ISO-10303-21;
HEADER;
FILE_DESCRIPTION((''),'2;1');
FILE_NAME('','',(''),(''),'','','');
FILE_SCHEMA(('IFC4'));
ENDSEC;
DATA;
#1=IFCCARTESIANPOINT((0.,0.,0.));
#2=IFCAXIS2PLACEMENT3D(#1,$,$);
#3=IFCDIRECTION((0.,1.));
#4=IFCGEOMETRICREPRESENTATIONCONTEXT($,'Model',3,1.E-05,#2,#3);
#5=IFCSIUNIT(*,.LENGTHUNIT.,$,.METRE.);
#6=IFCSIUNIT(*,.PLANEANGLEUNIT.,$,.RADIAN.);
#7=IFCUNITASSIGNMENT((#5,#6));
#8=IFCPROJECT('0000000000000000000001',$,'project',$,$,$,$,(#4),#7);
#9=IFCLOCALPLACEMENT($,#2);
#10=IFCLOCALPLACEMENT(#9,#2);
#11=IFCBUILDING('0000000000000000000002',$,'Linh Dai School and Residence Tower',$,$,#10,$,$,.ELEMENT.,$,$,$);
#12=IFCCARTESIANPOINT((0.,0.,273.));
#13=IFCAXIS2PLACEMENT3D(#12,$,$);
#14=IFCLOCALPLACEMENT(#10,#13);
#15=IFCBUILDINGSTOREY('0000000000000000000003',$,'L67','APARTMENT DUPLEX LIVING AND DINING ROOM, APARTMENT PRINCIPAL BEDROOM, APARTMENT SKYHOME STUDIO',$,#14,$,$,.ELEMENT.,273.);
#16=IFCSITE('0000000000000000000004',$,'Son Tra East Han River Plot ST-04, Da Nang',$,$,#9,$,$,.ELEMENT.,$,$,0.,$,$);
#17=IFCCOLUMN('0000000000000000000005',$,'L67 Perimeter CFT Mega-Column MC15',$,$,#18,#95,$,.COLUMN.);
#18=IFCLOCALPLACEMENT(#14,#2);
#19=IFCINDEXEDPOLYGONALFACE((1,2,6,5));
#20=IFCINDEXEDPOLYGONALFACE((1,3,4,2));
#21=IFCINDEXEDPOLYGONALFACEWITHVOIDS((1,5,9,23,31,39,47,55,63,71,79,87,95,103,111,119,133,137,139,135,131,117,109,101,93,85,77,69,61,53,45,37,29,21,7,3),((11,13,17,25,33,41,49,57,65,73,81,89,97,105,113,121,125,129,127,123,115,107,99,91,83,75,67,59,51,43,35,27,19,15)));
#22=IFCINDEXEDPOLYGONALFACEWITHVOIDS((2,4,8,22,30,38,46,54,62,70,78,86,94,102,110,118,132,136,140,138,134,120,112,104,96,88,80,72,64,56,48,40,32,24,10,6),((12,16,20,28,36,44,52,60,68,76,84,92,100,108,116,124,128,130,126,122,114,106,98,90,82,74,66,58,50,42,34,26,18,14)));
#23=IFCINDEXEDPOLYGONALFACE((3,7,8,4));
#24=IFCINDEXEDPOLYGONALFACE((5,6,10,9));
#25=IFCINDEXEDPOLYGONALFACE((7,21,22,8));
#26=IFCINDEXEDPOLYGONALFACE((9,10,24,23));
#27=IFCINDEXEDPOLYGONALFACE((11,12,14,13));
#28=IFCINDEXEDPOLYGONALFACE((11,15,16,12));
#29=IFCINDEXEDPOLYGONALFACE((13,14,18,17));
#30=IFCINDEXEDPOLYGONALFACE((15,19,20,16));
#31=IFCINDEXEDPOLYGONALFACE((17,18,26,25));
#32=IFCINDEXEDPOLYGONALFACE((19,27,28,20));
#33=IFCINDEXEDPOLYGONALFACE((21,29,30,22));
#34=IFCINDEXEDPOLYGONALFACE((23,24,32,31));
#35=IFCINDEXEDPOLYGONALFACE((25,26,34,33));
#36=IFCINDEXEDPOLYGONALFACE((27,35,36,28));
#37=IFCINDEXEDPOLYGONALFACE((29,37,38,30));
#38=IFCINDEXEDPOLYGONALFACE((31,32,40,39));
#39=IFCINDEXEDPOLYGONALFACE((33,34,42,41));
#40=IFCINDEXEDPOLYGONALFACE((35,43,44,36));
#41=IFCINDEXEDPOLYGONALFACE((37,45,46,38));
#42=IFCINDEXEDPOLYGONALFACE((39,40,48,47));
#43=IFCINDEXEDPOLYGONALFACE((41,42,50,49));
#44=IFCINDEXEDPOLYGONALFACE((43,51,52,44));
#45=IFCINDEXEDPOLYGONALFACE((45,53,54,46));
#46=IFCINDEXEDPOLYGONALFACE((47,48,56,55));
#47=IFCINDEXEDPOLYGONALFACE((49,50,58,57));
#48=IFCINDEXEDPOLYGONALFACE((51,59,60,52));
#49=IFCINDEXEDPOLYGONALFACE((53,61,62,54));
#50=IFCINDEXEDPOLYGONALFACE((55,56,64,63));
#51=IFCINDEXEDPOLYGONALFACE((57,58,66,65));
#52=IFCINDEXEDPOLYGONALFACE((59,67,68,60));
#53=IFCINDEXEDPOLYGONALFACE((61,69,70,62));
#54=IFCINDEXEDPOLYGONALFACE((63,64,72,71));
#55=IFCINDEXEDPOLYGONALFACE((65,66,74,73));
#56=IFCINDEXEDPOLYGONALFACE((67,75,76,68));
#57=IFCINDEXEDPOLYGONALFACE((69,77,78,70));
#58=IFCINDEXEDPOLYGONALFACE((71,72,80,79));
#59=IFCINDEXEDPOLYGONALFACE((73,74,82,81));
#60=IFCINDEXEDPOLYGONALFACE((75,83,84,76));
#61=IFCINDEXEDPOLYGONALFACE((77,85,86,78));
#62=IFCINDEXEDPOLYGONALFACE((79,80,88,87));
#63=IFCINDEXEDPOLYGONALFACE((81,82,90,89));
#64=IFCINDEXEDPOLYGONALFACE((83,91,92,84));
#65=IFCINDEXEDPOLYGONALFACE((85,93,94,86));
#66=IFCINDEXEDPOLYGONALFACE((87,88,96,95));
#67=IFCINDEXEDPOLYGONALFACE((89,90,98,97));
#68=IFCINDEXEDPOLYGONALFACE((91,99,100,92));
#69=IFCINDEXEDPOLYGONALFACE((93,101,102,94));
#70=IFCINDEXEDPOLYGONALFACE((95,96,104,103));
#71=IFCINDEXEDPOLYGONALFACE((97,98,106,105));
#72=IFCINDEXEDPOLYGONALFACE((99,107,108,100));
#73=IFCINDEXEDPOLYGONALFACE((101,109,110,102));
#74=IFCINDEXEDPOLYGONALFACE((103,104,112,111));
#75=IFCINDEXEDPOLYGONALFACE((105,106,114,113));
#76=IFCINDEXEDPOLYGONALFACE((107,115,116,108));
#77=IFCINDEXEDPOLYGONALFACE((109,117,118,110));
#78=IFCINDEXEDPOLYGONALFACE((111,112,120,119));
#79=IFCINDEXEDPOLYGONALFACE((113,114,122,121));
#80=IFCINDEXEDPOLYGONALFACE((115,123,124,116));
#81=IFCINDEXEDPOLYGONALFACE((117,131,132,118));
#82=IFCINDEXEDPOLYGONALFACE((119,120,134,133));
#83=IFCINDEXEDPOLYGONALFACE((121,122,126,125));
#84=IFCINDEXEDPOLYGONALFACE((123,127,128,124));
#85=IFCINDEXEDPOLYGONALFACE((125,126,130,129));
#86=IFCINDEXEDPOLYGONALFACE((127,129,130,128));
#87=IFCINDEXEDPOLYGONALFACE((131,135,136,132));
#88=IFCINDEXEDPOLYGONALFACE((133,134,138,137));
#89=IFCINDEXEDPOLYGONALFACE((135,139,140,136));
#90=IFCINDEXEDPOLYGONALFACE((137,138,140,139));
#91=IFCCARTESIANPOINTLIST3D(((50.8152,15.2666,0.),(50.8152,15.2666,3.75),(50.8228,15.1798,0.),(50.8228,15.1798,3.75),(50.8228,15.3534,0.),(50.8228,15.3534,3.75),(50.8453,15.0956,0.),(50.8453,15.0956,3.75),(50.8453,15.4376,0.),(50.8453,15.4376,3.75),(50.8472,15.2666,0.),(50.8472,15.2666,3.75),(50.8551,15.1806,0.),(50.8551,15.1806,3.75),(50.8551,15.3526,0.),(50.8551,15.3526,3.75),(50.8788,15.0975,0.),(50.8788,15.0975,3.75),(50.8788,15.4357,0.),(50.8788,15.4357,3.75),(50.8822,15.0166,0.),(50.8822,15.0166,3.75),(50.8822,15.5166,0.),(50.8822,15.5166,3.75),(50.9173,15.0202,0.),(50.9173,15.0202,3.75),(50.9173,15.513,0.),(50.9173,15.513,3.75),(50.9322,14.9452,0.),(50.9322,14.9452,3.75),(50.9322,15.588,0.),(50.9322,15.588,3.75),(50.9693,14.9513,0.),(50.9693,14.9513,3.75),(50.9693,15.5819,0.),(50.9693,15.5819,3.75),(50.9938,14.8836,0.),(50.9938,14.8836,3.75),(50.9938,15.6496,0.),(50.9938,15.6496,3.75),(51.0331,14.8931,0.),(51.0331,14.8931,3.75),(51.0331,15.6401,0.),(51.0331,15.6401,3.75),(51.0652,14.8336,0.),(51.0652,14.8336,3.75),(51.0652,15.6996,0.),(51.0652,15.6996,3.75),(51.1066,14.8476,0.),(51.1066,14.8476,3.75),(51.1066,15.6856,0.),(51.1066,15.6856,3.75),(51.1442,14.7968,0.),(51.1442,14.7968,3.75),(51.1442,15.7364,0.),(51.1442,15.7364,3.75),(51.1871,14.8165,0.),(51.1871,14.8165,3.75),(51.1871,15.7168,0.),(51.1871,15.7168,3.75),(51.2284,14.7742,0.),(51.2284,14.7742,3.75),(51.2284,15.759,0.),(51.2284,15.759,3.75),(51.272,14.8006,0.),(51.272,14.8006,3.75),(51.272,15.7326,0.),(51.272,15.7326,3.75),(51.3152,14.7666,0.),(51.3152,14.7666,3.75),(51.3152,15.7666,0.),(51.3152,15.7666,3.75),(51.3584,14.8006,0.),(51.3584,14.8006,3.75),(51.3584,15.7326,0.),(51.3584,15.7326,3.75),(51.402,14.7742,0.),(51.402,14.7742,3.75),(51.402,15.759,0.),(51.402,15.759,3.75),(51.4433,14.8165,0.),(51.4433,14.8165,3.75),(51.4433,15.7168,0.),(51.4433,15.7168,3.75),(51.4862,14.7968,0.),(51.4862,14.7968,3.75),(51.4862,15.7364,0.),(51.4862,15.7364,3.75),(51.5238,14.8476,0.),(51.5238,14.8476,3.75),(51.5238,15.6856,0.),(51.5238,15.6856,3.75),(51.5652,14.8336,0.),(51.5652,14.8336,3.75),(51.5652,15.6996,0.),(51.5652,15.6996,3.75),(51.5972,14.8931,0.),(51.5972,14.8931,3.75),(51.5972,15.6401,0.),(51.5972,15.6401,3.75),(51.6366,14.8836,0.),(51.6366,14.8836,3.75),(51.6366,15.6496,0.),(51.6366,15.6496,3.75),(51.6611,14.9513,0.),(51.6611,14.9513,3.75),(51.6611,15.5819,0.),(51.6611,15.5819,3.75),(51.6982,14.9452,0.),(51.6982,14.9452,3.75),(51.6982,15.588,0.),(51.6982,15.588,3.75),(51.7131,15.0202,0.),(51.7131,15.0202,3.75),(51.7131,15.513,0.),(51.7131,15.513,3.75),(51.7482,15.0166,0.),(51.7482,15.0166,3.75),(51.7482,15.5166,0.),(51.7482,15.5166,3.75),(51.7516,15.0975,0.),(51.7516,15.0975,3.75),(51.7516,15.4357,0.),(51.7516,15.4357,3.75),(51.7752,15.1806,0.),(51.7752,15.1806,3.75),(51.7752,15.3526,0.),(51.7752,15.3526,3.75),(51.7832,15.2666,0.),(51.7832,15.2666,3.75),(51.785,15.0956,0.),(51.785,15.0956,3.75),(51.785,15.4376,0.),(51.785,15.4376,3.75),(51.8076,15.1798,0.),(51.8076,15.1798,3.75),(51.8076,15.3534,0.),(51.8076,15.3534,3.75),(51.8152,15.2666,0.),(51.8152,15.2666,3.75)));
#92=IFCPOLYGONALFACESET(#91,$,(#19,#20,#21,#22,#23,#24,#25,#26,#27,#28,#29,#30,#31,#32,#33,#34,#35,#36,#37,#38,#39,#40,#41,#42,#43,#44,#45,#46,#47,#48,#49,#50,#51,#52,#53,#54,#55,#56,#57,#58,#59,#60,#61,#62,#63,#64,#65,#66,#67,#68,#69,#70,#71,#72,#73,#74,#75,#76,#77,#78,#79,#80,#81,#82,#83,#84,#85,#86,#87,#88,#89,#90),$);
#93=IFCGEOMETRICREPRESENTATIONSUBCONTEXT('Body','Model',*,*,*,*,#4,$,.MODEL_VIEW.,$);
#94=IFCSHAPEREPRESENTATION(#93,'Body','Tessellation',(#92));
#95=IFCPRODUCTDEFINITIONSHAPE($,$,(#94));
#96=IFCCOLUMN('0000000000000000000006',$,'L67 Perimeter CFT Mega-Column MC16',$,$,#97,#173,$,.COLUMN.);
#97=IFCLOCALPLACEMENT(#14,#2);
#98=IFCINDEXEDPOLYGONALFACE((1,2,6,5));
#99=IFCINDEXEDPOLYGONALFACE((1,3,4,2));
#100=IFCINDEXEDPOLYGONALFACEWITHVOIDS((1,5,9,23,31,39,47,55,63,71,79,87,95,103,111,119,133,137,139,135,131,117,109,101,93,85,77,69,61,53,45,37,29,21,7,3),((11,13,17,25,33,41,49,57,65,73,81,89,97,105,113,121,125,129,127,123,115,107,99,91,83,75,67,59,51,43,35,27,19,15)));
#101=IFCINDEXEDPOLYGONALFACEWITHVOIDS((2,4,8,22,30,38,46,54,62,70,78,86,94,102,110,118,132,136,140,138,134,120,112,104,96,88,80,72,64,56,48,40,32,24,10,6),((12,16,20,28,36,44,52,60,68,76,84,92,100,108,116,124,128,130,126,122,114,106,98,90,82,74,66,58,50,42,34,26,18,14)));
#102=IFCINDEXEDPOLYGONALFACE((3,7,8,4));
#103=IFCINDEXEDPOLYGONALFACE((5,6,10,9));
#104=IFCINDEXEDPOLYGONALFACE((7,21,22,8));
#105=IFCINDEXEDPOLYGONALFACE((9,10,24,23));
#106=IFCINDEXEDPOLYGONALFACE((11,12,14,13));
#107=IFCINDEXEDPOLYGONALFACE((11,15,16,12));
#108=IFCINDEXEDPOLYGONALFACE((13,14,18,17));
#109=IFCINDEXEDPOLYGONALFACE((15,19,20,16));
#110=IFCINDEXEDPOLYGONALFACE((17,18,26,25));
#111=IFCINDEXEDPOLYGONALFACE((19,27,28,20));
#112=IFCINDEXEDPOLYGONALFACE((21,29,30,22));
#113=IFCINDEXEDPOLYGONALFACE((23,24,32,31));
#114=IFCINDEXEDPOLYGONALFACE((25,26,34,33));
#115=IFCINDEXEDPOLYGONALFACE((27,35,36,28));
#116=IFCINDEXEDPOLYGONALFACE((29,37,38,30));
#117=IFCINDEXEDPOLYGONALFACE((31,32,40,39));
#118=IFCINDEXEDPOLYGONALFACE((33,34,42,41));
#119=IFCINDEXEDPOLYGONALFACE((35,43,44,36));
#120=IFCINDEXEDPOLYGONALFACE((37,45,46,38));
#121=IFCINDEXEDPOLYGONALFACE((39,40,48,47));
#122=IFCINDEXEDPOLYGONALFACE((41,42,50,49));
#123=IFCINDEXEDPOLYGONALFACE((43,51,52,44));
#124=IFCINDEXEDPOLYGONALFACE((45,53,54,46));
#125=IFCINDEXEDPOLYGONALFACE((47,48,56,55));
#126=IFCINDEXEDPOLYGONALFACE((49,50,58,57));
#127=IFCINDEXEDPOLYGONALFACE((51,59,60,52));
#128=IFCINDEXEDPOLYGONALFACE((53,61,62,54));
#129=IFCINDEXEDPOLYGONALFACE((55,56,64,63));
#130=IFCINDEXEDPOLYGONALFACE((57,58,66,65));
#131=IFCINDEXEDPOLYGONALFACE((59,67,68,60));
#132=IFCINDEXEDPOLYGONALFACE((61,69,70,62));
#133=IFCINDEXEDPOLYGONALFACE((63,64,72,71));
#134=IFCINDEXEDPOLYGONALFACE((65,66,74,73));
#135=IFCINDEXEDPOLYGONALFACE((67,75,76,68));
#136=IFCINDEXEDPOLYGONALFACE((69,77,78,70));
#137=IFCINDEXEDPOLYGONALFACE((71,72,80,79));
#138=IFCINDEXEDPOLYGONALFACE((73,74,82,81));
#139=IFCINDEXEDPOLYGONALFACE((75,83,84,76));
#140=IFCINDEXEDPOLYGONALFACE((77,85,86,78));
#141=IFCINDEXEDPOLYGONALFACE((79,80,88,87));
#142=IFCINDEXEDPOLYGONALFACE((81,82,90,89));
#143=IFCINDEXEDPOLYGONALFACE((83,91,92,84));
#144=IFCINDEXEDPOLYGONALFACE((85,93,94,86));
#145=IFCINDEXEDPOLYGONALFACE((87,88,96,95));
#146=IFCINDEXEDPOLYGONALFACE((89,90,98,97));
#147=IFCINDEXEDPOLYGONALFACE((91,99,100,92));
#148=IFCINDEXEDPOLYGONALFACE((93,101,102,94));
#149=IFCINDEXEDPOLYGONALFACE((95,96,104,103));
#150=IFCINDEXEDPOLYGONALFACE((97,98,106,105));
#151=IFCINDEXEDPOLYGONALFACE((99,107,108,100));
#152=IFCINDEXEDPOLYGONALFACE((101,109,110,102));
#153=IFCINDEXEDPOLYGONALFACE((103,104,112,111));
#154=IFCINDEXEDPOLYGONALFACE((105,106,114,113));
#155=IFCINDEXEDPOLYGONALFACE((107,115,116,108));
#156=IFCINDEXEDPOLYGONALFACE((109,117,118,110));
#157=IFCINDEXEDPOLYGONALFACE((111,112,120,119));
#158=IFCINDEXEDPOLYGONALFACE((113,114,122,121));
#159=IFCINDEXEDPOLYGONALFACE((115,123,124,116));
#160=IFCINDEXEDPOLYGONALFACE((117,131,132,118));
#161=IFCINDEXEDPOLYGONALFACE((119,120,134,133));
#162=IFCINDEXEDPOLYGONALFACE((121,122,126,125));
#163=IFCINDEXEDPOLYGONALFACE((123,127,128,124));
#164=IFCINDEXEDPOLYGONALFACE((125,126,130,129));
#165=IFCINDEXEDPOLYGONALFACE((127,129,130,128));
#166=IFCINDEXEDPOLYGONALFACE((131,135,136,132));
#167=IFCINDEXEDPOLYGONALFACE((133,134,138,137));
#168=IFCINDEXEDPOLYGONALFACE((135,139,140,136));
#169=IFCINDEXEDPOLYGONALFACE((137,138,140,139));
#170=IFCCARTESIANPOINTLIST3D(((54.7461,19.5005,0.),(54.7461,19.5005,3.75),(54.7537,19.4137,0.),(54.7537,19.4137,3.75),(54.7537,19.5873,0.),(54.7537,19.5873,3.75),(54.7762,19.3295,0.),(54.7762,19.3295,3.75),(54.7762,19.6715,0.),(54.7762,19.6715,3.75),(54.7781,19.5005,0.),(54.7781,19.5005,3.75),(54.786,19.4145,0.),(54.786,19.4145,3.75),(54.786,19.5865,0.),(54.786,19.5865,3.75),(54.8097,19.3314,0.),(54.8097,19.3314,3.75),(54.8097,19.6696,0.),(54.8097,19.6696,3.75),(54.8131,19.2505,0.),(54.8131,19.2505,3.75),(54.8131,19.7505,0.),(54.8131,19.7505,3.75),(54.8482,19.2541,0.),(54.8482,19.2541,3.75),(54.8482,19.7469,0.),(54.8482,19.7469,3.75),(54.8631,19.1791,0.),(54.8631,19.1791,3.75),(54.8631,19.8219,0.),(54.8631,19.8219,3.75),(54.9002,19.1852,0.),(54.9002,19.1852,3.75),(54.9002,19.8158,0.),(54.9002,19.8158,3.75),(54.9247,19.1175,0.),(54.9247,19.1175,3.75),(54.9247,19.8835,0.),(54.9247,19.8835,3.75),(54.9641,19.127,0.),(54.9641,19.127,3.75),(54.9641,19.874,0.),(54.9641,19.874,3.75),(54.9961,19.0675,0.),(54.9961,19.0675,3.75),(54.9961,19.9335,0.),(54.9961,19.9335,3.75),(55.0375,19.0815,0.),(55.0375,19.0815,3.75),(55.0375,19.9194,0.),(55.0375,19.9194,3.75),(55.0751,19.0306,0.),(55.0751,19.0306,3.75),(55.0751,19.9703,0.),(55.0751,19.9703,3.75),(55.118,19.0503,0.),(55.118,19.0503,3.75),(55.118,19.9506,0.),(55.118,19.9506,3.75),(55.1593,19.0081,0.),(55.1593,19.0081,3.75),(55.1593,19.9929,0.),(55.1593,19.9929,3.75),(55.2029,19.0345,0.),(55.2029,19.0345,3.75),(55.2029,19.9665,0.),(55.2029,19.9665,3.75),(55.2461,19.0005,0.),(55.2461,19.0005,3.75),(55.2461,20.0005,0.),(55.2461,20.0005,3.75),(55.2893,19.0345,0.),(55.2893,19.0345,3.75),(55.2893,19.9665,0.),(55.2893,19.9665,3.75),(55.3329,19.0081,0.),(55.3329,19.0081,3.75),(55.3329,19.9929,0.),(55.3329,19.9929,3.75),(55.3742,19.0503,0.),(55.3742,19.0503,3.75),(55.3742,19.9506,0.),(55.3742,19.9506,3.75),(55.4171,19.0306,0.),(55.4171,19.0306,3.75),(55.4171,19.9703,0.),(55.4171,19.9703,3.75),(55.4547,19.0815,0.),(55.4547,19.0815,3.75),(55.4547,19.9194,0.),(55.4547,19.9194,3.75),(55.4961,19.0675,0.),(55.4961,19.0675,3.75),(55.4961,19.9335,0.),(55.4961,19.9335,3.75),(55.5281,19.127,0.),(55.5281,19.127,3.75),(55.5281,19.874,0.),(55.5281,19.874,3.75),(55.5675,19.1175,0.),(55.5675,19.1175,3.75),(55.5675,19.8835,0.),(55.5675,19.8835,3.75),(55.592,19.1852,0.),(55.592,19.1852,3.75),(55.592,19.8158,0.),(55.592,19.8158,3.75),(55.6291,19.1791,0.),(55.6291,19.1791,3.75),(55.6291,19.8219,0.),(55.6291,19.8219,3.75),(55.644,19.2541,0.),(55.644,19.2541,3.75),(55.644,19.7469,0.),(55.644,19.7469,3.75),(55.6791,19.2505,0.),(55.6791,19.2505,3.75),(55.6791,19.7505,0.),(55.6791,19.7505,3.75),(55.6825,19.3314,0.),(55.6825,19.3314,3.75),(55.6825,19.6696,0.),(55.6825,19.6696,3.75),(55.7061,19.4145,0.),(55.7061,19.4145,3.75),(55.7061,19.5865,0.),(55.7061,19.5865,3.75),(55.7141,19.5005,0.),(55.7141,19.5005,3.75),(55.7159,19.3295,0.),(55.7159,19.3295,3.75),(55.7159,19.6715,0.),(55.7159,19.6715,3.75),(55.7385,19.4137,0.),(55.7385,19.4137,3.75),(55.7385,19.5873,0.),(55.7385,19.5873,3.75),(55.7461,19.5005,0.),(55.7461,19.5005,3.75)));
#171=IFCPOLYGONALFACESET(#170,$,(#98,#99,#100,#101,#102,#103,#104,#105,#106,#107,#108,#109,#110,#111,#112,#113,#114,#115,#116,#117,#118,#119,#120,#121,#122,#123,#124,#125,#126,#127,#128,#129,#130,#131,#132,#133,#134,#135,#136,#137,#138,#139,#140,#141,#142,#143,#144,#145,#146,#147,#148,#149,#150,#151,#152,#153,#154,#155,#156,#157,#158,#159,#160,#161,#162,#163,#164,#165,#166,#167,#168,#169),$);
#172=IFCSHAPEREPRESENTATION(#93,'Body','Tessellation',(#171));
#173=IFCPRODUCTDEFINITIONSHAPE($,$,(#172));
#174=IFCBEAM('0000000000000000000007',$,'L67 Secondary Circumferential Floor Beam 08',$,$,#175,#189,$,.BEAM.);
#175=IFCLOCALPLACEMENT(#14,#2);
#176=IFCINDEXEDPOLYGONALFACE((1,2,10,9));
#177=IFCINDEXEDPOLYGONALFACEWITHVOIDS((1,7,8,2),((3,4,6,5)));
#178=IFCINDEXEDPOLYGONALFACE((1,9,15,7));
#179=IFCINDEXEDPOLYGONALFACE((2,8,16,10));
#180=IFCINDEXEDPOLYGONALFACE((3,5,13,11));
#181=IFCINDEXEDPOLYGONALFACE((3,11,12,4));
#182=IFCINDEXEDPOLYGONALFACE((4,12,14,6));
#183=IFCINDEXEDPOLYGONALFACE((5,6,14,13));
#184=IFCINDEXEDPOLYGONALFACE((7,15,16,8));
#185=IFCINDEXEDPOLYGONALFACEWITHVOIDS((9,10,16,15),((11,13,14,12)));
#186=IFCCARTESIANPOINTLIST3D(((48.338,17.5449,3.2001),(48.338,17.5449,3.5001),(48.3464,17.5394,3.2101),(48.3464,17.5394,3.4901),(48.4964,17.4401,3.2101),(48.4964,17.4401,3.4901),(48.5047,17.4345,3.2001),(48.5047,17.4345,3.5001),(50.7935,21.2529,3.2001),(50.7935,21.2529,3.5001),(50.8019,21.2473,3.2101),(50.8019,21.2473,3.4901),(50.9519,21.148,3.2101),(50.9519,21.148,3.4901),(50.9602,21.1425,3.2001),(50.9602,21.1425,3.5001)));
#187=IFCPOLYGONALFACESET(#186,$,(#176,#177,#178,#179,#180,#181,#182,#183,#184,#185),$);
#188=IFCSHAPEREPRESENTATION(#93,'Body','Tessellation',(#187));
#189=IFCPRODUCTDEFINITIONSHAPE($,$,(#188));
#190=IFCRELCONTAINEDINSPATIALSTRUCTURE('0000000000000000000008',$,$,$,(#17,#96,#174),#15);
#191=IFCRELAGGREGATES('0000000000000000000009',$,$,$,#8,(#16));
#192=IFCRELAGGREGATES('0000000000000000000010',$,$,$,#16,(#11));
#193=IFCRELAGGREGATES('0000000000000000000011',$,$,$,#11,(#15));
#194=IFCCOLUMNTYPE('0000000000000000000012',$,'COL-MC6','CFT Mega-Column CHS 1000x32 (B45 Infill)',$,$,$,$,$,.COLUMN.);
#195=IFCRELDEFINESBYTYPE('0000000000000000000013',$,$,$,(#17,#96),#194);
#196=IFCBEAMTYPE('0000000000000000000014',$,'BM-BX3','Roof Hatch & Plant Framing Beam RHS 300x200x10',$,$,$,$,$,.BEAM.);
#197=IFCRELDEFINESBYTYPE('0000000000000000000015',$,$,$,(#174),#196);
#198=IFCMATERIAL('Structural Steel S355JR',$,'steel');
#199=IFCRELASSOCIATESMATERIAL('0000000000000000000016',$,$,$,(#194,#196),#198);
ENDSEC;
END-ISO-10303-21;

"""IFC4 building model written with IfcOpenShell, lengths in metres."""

from ifc_helpers import new_model, si_unit, direction, frame, origin, origin_2d, place, context, subcontext, project, spatial, hollow_rectangle, hollow_circle, extrude, material, material_profile, profile_set, type_object, element, save


model = new_model("IFC4")

# Units and contexts
model_context = context("Model", 3, precision=1e-05, world=origin(), true_north=direction((0.0, 1.0)))
body_context = subcontext(model_context, "Body", "Model", "MODEL_VIEW")
ifc_project = project(units=[si_unit("LENGTHUNIT", "METRE"), si_unit("PLANEANGLEUNIT", "RADIAN")], contexts=[model_context])

# Site, building, storey
site_placement = place(None, origin())
site = spatial("IfcSite", under=ifc_project, at=site_placement, Name="Son Tra East Han River Plot ST-04, Da Nang", CompositionType="ELEMENT", RefElevation=0.0)
building_placement = place(site_placement, origin())
building = spatial("IfcBuilding", under=site, at=building_placement, Name="Linh Dai School and Residence Tower", CompositionType="ELEMENT")
storey_placement = place(building_placement, frame((0.0, 0.0, 273.0)))
storey = spatial("IfcBuildingStorey", under=building, at=storey_placement, Name="L67", Description="APARTMENT DUPLEX LIVING AND DINING ROOM, APARTMENT PRINCIPAL BEDROOM, APARTMENT SKYHOME STUDIO", CompositionType="ELEMENT", Elevation=273.0)

# Columns
ifc_material_1 = material(Name="Structural Steel S355JR", Category="steel")
ifc_material_profile_1 = material_profile(ifc_material_1, hollow_circle(Radius=0.5, WallThickness=0.032, at=origin_2d()), Name="CHS 1000x32")
ifc_profile_set_1 = profile_set([ifc_material_profile_1], Name="Structural Steel S355JR")
column_type = type_object("IfcColumnType", Name="COL-MC6", Description="CFT Mega-Column CHS 1000x32 (B45 Infill)", PredefinedType="COLUMN", material=ifc_profile_set_1)
for number, where, z_axis, x_axis, name in (
    (1, (51.3152, 15.2666, 0.0), (0.0, 0.0, 1.0), (1.0, 0.0, 0.0), "L67 Perimeter CFT Mega-Column MC15"),
    (2, (55.2461, 19.5005, 0.0), (0.0, 0.0, 1.0), (1.0, 0.0, 0.0), "L67 Perimeter CFT Mega-Column MC16"),
):
    element("IfcColumn", number, at=place(storey_placement, frame(where, z_axis=z_axis, x_axis=x_axis)), inside=storey, type_object=column_type, Name=name, PredefinedType="COLUMN", context=body_context, shape_type="SweptSolid", body=[
        extrude(hollow_circle(Radius=0.5, WallThickness=0.032, at=origin_2d()), origin(), (0.0, 0.0, 1.0), 3.75),
    ])

# Beam
ifc_material_profile_2 = material_profile(ifc_material_1, hollow_rectangle(XDim=0.2, YDim=0.3, WallThickness=0.01, at=origin_2d()), Name="RHS 300x200x10")
ifc_profile_set_2 = profile_set([ifc_material_profile_2], Name="Structural Steel S355JR")
beam_type_1 = type_object("IfcBeamType", Name="BM-BX3", Description="Roof Hatch & Plant Framing Beam RHS 300x200x10", PredefinedType="BEAM", material=ifc_profile_set_2)
beam_1_placement = place(storey_placement, frame((48.4214, 17.4897, 3.3501), z_axis=(0.552139, 0.833752, 0.0), x_axis=(-0.833752, 0.552139, 0.0)))
element("IfcBeam", 3, at=beam_1_placement, inside=storey, type_object=beam_type_1, Name="L67 Secondary Circumferential Floor Beam 08", PredefinedType="BEAM", context=body_context, shape_type="SweptSolid", body=[
    extrude(hollow_rectangle(XDim=0.2, YDim=0.3, WallThickness=0.01, at=origin_2d()), origin(), (0.0, 0.0, 1.0), 4.4473),
])

save(model, "model.ifc")
